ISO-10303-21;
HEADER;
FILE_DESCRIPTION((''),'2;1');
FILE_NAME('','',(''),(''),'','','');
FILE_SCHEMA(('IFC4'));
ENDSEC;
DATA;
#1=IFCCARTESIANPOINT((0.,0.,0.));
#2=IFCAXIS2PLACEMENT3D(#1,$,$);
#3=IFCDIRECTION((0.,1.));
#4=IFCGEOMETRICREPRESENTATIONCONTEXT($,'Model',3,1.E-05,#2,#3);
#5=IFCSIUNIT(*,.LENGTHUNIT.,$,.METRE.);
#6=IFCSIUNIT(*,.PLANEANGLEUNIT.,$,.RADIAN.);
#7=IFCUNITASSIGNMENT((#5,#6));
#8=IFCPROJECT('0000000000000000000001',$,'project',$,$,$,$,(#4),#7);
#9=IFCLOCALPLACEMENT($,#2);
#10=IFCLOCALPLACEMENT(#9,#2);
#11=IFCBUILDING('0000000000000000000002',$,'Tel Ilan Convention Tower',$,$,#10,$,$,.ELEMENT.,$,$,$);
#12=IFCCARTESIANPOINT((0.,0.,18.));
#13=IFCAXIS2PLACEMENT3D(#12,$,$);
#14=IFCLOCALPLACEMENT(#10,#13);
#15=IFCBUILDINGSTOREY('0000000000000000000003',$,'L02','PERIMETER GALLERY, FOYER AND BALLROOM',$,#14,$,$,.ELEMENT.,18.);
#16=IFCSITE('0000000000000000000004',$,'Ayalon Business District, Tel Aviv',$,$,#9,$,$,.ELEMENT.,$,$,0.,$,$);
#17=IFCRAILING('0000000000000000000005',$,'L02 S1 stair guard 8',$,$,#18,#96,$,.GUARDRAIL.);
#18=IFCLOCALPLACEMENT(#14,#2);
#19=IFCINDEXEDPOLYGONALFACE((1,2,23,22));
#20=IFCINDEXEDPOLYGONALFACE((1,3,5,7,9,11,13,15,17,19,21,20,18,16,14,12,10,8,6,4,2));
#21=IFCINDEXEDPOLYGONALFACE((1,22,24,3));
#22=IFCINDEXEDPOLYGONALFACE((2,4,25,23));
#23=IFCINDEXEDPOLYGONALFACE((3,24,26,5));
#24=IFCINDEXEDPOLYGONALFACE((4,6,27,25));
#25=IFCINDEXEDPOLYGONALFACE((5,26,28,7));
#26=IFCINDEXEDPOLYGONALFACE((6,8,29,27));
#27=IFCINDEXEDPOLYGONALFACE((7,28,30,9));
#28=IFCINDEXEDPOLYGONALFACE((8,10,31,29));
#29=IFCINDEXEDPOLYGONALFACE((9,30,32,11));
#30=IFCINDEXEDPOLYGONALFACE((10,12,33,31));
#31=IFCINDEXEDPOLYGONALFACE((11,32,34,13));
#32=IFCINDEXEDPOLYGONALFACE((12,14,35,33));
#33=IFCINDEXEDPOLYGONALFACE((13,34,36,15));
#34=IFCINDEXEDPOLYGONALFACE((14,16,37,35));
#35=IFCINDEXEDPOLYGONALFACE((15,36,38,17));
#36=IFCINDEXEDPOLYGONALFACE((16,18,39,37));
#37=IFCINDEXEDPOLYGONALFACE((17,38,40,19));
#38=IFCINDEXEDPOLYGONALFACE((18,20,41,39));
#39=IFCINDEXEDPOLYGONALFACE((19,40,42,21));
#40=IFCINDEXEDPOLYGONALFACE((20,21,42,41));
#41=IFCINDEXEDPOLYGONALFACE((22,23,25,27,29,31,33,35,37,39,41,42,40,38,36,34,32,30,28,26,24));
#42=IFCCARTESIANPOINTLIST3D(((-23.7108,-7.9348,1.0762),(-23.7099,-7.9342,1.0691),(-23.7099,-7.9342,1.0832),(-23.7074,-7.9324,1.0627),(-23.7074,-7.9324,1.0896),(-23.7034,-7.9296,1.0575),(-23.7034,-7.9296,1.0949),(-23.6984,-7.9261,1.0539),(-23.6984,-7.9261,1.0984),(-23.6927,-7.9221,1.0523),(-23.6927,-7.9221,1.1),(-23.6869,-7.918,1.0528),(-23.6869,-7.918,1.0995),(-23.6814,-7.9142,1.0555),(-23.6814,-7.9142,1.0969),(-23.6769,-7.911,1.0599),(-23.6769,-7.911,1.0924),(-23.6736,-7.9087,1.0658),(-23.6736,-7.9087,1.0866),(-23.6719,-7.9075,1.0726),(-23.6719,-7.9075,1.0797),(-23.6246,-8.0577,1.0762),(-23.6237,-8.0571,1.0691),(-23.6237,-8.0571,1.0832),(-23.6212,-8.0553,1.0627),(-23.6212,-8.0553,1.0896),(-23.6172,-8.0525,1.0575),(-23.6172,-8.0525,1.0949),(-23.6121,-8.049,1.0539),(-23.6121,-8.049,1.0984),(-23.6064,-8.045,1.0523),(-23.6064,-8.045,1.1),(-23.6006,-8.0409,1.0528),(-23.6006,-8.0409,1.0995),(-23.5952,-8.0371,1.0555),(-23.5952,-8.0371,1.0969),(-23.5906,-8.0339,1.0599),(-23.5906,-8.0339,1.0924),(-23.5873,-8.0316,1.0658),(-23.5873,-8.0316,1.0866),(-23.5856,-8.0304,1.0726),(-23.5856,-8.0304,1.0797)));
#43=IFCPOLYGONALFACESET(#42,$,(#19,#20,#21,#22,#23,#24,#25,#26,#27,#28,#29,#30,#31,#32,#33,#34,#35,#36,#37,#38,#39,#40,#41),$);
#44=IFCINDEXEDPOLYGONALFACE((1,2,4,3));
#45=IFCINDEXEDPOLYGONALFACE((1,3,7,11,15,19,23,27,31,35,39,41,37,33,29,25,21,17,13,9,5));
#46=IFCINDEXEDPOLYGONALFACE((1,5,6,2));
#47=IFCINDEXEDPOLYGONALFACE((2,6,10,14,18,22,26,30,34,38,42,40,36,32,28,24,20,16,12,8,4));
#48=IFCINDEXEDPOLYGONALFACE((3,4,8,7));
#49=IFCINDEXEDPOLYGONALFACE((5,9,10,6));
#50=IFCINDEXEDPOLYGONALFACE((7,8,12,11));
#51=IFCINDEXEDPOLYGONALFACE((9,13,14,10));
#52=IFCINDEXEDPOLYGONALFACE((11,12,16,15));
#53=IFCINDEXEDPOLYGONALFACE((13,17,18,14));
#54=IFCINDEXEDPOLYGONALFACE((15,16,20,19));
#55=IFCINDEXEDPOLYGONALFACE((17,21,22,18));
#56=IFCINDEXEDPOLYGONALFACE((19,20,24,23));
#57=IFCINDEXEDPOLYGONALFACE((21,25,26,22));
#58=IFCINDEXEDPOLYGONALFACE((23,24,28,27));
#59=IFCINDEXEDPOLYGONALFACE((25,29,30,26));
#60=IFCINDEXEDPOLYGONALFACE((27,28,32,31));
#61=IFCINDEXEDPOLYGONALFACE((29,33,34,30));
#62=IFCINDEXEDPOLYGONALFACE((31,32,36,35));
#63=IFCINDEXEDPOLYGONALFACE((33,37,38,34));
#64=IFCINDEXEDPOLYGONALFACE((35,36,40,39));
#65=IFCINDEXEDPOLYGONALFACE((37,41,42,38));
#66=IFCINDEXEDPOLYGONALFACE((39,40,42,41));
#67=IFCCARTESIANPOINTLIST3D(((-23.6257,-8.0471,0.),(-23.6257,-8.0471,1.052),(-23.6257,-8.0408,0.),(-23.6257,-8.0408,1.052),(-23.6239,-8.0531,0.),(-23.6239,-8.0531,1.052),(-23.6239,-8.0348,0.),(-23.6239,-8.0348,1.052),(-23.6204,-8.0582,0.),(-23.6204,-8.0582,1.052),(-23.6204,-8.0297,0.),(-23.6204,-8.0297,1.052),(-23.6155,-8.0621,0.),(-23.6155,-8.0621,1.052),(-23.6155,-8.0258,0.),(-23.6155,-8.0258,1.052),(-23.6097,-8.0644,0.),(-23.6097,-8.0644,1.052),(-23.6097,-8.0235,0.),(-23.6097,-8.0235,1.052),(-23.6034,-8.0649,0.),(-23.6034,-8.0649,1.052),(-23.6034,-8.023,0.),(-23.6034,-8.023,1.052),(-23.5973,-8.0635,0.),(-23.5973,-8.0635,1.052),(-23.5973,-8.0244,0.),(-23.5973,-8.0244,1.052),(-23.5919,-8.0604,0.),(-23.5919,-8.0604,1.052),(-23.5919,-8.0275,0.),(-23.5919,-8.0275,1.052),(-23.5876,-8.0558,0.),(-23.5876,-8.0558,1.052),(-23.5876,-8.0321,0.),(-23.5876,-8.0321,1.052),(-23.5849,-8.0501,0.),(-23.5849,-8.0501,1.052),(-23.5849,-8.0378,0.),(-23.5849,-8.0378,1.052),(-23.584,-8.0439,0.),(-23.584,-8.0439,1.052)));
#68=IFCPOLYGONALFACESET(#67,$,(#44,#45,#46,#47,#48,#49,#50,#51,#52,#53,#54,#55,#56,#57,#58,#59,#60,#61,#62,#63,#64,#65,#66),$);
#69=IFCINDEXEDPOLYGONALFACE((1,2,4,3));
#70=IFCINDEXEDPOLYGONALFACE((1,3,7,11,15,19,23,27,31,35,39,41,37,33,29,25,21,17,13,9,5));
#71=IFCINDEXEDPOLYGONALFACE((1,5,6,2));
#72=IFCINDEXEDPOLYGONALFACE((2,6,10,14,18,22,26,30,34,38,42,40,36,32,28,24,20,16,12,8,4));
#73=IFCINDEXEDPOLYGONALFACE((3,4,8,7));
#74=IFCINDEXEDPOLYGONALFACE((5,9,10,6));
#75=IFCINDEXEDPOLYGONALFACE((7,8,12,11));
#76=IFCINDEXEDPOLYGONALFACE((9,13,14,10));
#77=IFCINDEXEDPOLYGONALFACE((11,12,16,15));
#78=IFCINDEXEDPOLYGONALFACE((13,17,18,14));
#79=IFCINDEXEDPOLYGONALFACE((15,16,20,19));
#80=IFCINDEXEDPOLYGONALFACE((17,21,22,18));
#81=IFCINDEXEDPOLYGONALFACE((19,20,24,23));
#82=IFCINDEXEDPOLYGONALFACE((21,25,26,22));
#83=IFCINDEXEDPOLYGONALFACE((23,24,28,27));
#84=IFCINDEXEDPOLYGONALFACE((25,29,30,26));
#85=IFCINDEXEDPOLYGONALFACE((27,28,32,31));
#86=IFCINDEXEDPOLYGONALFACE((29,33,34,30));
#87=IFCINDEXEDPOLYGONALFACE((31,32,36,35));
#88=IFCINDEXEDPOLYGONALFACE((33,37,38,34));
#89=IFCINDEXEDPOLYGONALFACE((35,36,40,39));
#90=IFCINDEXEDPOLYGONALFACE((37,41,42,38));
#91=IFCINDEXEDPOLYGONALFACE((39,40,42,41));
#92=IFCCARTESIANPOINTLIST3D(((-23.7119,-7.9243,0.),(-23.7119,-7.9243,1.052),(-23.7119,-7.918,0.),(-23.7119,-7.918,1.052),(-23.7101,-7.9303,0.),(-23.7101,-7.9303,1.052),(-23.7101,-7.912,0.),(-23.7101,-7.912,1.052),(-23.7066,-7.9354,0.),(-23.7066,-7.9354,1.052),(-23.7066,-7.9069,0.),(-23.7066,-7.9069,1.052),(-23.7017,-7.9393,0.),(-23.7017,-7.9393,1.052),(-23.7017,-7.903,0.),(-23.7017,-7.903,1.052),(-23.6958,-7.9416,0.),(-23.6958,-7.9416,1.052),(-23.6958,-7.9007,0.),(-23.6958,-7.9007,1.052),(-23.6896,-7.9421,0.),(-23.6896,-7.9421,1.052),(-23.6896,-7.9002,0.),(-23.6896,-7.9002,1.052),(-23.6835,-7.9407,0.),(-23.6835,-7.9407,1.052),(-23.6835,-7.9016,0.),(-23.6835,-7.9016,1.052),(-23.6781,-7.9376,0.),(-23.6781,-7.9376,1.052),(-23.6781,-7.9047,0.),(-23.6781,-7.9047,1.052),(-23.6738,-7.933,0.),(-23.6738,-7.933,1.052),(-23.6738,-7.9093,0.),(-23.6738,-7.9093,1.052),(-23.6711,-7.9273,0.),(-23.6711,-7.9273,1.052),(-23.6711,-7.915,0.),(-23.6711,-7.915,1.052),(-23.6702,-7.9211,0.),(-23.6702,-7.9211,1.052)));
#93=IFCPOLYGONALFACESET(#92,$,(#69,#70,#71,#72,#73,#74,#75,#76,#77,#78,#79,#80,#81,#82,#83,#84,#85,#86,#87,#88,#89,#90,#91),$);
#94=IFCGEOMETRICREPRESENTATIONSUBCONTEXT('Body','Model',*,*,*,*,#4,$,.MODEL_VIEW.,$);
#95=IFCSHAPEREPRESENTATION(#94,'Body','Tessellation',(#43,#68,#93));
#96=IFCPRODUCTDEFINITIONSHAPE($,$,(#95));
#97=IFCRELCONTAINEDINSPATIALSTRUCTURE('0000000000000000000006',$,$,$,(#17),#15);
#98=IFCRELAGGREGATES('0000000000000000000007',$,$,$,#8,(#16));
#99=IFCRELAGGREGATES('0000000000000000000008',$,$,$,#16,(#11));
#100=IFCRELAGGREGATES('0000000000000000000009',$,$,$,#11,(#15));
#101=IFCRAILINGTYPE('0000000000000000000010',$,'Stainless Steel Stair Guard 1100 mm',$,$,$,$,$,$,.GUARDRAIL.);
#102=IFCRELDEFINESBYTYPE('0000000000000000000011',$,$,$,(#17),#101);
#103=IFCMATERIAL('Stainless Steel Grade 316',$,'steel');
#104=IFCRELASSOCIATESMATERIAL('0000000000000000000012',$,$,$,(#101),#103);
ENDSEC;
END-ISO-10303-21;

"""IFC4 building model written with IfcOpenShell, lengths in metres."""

from ifc_helpers import new_model, si_unit, direction, frame, origin, origin_2d, place, context, subcontext, project, spatial, circle, extrude, material, type_object, element, save


model = new_model("IFC4")

# Units and contexts
model_context = context("Model", 3, precision=1e-05, world=origin(), true_north=direction((0.0, 1.0)))
body_context = subcontext(model_context, "Body", "Model", "MODEL_VIEW")
ifc_project = project(units=[si_unit("LENGTHUNIT", "METRE"), si_unit("PLANEANGLEUNIT", "RADIAN")], contexts=[model_context])

# Site, building, storey
site_placement = place(None, origin())
site = spatial("IfcSite", under=ifc_project, at=site_placement, Name="Ayalon Business District, Tel Aviv", CompositionType="ELEMENT", RefElevation=0.0)
building_placement = place(site_placement, origin())
building = spatial("IfcBuilding", under=site, at=building_placement, Name="Tel Ilan Convention Tower", CompositionType="ELEMENT")
storey_placement = place(building_placement, frame((0.0, 0.0, 18.0)))
storey = spatial("IfcBuildingStorey", under=building, at=storey_placement, Name="L02", Description="PERIMETER GALLERY, FOYER AND BALLROOM", CompositionType="ELEMENT", Elevation=18.0)

# Railing
ifc_material_1 = material(Name="Stainless Steel Grade 316", Category="steel")
railing_type = type_object("IfcRailingType", Name="Stainless Steel Stair Guard 1100 mm", PredefinedType="GUARDRAIL", material=ifc_material_1)
railing_1_placement = place(storey_placement, frame((-23.605, -8.0439, 0.0)))
element("IfcRailing", 1, at=railing_1_placement, inside=storey, type_object=railing_type, Name="L02 S1 stair guard 8", PredefinedType="GUARDRAIL", context=body_context, shape_type="SweptSolid", body=[
    extrude(circle(Radius=0.0239, at=origin_2d()), frame((0.0, 0.0, 1.0762), z_axis=(-0.574445, 0.818543, 0.0), x_axis=(-0.818543, -0.574445, 0.0)), (0.0, 0.0, 1.0), 0.1501),
    extrude(circle(Radius=0.021, at=origin_2d()), origin(), (0.0, 0.0, 1.0), 1.052),
    extrude(circle(Radius=0.021, at=origin_2d()), frame((-0.0862, 0.1228, 0.0)), (0.0, 0.0, 1.0), 1.052),
])

save(model, "model.ifc")
